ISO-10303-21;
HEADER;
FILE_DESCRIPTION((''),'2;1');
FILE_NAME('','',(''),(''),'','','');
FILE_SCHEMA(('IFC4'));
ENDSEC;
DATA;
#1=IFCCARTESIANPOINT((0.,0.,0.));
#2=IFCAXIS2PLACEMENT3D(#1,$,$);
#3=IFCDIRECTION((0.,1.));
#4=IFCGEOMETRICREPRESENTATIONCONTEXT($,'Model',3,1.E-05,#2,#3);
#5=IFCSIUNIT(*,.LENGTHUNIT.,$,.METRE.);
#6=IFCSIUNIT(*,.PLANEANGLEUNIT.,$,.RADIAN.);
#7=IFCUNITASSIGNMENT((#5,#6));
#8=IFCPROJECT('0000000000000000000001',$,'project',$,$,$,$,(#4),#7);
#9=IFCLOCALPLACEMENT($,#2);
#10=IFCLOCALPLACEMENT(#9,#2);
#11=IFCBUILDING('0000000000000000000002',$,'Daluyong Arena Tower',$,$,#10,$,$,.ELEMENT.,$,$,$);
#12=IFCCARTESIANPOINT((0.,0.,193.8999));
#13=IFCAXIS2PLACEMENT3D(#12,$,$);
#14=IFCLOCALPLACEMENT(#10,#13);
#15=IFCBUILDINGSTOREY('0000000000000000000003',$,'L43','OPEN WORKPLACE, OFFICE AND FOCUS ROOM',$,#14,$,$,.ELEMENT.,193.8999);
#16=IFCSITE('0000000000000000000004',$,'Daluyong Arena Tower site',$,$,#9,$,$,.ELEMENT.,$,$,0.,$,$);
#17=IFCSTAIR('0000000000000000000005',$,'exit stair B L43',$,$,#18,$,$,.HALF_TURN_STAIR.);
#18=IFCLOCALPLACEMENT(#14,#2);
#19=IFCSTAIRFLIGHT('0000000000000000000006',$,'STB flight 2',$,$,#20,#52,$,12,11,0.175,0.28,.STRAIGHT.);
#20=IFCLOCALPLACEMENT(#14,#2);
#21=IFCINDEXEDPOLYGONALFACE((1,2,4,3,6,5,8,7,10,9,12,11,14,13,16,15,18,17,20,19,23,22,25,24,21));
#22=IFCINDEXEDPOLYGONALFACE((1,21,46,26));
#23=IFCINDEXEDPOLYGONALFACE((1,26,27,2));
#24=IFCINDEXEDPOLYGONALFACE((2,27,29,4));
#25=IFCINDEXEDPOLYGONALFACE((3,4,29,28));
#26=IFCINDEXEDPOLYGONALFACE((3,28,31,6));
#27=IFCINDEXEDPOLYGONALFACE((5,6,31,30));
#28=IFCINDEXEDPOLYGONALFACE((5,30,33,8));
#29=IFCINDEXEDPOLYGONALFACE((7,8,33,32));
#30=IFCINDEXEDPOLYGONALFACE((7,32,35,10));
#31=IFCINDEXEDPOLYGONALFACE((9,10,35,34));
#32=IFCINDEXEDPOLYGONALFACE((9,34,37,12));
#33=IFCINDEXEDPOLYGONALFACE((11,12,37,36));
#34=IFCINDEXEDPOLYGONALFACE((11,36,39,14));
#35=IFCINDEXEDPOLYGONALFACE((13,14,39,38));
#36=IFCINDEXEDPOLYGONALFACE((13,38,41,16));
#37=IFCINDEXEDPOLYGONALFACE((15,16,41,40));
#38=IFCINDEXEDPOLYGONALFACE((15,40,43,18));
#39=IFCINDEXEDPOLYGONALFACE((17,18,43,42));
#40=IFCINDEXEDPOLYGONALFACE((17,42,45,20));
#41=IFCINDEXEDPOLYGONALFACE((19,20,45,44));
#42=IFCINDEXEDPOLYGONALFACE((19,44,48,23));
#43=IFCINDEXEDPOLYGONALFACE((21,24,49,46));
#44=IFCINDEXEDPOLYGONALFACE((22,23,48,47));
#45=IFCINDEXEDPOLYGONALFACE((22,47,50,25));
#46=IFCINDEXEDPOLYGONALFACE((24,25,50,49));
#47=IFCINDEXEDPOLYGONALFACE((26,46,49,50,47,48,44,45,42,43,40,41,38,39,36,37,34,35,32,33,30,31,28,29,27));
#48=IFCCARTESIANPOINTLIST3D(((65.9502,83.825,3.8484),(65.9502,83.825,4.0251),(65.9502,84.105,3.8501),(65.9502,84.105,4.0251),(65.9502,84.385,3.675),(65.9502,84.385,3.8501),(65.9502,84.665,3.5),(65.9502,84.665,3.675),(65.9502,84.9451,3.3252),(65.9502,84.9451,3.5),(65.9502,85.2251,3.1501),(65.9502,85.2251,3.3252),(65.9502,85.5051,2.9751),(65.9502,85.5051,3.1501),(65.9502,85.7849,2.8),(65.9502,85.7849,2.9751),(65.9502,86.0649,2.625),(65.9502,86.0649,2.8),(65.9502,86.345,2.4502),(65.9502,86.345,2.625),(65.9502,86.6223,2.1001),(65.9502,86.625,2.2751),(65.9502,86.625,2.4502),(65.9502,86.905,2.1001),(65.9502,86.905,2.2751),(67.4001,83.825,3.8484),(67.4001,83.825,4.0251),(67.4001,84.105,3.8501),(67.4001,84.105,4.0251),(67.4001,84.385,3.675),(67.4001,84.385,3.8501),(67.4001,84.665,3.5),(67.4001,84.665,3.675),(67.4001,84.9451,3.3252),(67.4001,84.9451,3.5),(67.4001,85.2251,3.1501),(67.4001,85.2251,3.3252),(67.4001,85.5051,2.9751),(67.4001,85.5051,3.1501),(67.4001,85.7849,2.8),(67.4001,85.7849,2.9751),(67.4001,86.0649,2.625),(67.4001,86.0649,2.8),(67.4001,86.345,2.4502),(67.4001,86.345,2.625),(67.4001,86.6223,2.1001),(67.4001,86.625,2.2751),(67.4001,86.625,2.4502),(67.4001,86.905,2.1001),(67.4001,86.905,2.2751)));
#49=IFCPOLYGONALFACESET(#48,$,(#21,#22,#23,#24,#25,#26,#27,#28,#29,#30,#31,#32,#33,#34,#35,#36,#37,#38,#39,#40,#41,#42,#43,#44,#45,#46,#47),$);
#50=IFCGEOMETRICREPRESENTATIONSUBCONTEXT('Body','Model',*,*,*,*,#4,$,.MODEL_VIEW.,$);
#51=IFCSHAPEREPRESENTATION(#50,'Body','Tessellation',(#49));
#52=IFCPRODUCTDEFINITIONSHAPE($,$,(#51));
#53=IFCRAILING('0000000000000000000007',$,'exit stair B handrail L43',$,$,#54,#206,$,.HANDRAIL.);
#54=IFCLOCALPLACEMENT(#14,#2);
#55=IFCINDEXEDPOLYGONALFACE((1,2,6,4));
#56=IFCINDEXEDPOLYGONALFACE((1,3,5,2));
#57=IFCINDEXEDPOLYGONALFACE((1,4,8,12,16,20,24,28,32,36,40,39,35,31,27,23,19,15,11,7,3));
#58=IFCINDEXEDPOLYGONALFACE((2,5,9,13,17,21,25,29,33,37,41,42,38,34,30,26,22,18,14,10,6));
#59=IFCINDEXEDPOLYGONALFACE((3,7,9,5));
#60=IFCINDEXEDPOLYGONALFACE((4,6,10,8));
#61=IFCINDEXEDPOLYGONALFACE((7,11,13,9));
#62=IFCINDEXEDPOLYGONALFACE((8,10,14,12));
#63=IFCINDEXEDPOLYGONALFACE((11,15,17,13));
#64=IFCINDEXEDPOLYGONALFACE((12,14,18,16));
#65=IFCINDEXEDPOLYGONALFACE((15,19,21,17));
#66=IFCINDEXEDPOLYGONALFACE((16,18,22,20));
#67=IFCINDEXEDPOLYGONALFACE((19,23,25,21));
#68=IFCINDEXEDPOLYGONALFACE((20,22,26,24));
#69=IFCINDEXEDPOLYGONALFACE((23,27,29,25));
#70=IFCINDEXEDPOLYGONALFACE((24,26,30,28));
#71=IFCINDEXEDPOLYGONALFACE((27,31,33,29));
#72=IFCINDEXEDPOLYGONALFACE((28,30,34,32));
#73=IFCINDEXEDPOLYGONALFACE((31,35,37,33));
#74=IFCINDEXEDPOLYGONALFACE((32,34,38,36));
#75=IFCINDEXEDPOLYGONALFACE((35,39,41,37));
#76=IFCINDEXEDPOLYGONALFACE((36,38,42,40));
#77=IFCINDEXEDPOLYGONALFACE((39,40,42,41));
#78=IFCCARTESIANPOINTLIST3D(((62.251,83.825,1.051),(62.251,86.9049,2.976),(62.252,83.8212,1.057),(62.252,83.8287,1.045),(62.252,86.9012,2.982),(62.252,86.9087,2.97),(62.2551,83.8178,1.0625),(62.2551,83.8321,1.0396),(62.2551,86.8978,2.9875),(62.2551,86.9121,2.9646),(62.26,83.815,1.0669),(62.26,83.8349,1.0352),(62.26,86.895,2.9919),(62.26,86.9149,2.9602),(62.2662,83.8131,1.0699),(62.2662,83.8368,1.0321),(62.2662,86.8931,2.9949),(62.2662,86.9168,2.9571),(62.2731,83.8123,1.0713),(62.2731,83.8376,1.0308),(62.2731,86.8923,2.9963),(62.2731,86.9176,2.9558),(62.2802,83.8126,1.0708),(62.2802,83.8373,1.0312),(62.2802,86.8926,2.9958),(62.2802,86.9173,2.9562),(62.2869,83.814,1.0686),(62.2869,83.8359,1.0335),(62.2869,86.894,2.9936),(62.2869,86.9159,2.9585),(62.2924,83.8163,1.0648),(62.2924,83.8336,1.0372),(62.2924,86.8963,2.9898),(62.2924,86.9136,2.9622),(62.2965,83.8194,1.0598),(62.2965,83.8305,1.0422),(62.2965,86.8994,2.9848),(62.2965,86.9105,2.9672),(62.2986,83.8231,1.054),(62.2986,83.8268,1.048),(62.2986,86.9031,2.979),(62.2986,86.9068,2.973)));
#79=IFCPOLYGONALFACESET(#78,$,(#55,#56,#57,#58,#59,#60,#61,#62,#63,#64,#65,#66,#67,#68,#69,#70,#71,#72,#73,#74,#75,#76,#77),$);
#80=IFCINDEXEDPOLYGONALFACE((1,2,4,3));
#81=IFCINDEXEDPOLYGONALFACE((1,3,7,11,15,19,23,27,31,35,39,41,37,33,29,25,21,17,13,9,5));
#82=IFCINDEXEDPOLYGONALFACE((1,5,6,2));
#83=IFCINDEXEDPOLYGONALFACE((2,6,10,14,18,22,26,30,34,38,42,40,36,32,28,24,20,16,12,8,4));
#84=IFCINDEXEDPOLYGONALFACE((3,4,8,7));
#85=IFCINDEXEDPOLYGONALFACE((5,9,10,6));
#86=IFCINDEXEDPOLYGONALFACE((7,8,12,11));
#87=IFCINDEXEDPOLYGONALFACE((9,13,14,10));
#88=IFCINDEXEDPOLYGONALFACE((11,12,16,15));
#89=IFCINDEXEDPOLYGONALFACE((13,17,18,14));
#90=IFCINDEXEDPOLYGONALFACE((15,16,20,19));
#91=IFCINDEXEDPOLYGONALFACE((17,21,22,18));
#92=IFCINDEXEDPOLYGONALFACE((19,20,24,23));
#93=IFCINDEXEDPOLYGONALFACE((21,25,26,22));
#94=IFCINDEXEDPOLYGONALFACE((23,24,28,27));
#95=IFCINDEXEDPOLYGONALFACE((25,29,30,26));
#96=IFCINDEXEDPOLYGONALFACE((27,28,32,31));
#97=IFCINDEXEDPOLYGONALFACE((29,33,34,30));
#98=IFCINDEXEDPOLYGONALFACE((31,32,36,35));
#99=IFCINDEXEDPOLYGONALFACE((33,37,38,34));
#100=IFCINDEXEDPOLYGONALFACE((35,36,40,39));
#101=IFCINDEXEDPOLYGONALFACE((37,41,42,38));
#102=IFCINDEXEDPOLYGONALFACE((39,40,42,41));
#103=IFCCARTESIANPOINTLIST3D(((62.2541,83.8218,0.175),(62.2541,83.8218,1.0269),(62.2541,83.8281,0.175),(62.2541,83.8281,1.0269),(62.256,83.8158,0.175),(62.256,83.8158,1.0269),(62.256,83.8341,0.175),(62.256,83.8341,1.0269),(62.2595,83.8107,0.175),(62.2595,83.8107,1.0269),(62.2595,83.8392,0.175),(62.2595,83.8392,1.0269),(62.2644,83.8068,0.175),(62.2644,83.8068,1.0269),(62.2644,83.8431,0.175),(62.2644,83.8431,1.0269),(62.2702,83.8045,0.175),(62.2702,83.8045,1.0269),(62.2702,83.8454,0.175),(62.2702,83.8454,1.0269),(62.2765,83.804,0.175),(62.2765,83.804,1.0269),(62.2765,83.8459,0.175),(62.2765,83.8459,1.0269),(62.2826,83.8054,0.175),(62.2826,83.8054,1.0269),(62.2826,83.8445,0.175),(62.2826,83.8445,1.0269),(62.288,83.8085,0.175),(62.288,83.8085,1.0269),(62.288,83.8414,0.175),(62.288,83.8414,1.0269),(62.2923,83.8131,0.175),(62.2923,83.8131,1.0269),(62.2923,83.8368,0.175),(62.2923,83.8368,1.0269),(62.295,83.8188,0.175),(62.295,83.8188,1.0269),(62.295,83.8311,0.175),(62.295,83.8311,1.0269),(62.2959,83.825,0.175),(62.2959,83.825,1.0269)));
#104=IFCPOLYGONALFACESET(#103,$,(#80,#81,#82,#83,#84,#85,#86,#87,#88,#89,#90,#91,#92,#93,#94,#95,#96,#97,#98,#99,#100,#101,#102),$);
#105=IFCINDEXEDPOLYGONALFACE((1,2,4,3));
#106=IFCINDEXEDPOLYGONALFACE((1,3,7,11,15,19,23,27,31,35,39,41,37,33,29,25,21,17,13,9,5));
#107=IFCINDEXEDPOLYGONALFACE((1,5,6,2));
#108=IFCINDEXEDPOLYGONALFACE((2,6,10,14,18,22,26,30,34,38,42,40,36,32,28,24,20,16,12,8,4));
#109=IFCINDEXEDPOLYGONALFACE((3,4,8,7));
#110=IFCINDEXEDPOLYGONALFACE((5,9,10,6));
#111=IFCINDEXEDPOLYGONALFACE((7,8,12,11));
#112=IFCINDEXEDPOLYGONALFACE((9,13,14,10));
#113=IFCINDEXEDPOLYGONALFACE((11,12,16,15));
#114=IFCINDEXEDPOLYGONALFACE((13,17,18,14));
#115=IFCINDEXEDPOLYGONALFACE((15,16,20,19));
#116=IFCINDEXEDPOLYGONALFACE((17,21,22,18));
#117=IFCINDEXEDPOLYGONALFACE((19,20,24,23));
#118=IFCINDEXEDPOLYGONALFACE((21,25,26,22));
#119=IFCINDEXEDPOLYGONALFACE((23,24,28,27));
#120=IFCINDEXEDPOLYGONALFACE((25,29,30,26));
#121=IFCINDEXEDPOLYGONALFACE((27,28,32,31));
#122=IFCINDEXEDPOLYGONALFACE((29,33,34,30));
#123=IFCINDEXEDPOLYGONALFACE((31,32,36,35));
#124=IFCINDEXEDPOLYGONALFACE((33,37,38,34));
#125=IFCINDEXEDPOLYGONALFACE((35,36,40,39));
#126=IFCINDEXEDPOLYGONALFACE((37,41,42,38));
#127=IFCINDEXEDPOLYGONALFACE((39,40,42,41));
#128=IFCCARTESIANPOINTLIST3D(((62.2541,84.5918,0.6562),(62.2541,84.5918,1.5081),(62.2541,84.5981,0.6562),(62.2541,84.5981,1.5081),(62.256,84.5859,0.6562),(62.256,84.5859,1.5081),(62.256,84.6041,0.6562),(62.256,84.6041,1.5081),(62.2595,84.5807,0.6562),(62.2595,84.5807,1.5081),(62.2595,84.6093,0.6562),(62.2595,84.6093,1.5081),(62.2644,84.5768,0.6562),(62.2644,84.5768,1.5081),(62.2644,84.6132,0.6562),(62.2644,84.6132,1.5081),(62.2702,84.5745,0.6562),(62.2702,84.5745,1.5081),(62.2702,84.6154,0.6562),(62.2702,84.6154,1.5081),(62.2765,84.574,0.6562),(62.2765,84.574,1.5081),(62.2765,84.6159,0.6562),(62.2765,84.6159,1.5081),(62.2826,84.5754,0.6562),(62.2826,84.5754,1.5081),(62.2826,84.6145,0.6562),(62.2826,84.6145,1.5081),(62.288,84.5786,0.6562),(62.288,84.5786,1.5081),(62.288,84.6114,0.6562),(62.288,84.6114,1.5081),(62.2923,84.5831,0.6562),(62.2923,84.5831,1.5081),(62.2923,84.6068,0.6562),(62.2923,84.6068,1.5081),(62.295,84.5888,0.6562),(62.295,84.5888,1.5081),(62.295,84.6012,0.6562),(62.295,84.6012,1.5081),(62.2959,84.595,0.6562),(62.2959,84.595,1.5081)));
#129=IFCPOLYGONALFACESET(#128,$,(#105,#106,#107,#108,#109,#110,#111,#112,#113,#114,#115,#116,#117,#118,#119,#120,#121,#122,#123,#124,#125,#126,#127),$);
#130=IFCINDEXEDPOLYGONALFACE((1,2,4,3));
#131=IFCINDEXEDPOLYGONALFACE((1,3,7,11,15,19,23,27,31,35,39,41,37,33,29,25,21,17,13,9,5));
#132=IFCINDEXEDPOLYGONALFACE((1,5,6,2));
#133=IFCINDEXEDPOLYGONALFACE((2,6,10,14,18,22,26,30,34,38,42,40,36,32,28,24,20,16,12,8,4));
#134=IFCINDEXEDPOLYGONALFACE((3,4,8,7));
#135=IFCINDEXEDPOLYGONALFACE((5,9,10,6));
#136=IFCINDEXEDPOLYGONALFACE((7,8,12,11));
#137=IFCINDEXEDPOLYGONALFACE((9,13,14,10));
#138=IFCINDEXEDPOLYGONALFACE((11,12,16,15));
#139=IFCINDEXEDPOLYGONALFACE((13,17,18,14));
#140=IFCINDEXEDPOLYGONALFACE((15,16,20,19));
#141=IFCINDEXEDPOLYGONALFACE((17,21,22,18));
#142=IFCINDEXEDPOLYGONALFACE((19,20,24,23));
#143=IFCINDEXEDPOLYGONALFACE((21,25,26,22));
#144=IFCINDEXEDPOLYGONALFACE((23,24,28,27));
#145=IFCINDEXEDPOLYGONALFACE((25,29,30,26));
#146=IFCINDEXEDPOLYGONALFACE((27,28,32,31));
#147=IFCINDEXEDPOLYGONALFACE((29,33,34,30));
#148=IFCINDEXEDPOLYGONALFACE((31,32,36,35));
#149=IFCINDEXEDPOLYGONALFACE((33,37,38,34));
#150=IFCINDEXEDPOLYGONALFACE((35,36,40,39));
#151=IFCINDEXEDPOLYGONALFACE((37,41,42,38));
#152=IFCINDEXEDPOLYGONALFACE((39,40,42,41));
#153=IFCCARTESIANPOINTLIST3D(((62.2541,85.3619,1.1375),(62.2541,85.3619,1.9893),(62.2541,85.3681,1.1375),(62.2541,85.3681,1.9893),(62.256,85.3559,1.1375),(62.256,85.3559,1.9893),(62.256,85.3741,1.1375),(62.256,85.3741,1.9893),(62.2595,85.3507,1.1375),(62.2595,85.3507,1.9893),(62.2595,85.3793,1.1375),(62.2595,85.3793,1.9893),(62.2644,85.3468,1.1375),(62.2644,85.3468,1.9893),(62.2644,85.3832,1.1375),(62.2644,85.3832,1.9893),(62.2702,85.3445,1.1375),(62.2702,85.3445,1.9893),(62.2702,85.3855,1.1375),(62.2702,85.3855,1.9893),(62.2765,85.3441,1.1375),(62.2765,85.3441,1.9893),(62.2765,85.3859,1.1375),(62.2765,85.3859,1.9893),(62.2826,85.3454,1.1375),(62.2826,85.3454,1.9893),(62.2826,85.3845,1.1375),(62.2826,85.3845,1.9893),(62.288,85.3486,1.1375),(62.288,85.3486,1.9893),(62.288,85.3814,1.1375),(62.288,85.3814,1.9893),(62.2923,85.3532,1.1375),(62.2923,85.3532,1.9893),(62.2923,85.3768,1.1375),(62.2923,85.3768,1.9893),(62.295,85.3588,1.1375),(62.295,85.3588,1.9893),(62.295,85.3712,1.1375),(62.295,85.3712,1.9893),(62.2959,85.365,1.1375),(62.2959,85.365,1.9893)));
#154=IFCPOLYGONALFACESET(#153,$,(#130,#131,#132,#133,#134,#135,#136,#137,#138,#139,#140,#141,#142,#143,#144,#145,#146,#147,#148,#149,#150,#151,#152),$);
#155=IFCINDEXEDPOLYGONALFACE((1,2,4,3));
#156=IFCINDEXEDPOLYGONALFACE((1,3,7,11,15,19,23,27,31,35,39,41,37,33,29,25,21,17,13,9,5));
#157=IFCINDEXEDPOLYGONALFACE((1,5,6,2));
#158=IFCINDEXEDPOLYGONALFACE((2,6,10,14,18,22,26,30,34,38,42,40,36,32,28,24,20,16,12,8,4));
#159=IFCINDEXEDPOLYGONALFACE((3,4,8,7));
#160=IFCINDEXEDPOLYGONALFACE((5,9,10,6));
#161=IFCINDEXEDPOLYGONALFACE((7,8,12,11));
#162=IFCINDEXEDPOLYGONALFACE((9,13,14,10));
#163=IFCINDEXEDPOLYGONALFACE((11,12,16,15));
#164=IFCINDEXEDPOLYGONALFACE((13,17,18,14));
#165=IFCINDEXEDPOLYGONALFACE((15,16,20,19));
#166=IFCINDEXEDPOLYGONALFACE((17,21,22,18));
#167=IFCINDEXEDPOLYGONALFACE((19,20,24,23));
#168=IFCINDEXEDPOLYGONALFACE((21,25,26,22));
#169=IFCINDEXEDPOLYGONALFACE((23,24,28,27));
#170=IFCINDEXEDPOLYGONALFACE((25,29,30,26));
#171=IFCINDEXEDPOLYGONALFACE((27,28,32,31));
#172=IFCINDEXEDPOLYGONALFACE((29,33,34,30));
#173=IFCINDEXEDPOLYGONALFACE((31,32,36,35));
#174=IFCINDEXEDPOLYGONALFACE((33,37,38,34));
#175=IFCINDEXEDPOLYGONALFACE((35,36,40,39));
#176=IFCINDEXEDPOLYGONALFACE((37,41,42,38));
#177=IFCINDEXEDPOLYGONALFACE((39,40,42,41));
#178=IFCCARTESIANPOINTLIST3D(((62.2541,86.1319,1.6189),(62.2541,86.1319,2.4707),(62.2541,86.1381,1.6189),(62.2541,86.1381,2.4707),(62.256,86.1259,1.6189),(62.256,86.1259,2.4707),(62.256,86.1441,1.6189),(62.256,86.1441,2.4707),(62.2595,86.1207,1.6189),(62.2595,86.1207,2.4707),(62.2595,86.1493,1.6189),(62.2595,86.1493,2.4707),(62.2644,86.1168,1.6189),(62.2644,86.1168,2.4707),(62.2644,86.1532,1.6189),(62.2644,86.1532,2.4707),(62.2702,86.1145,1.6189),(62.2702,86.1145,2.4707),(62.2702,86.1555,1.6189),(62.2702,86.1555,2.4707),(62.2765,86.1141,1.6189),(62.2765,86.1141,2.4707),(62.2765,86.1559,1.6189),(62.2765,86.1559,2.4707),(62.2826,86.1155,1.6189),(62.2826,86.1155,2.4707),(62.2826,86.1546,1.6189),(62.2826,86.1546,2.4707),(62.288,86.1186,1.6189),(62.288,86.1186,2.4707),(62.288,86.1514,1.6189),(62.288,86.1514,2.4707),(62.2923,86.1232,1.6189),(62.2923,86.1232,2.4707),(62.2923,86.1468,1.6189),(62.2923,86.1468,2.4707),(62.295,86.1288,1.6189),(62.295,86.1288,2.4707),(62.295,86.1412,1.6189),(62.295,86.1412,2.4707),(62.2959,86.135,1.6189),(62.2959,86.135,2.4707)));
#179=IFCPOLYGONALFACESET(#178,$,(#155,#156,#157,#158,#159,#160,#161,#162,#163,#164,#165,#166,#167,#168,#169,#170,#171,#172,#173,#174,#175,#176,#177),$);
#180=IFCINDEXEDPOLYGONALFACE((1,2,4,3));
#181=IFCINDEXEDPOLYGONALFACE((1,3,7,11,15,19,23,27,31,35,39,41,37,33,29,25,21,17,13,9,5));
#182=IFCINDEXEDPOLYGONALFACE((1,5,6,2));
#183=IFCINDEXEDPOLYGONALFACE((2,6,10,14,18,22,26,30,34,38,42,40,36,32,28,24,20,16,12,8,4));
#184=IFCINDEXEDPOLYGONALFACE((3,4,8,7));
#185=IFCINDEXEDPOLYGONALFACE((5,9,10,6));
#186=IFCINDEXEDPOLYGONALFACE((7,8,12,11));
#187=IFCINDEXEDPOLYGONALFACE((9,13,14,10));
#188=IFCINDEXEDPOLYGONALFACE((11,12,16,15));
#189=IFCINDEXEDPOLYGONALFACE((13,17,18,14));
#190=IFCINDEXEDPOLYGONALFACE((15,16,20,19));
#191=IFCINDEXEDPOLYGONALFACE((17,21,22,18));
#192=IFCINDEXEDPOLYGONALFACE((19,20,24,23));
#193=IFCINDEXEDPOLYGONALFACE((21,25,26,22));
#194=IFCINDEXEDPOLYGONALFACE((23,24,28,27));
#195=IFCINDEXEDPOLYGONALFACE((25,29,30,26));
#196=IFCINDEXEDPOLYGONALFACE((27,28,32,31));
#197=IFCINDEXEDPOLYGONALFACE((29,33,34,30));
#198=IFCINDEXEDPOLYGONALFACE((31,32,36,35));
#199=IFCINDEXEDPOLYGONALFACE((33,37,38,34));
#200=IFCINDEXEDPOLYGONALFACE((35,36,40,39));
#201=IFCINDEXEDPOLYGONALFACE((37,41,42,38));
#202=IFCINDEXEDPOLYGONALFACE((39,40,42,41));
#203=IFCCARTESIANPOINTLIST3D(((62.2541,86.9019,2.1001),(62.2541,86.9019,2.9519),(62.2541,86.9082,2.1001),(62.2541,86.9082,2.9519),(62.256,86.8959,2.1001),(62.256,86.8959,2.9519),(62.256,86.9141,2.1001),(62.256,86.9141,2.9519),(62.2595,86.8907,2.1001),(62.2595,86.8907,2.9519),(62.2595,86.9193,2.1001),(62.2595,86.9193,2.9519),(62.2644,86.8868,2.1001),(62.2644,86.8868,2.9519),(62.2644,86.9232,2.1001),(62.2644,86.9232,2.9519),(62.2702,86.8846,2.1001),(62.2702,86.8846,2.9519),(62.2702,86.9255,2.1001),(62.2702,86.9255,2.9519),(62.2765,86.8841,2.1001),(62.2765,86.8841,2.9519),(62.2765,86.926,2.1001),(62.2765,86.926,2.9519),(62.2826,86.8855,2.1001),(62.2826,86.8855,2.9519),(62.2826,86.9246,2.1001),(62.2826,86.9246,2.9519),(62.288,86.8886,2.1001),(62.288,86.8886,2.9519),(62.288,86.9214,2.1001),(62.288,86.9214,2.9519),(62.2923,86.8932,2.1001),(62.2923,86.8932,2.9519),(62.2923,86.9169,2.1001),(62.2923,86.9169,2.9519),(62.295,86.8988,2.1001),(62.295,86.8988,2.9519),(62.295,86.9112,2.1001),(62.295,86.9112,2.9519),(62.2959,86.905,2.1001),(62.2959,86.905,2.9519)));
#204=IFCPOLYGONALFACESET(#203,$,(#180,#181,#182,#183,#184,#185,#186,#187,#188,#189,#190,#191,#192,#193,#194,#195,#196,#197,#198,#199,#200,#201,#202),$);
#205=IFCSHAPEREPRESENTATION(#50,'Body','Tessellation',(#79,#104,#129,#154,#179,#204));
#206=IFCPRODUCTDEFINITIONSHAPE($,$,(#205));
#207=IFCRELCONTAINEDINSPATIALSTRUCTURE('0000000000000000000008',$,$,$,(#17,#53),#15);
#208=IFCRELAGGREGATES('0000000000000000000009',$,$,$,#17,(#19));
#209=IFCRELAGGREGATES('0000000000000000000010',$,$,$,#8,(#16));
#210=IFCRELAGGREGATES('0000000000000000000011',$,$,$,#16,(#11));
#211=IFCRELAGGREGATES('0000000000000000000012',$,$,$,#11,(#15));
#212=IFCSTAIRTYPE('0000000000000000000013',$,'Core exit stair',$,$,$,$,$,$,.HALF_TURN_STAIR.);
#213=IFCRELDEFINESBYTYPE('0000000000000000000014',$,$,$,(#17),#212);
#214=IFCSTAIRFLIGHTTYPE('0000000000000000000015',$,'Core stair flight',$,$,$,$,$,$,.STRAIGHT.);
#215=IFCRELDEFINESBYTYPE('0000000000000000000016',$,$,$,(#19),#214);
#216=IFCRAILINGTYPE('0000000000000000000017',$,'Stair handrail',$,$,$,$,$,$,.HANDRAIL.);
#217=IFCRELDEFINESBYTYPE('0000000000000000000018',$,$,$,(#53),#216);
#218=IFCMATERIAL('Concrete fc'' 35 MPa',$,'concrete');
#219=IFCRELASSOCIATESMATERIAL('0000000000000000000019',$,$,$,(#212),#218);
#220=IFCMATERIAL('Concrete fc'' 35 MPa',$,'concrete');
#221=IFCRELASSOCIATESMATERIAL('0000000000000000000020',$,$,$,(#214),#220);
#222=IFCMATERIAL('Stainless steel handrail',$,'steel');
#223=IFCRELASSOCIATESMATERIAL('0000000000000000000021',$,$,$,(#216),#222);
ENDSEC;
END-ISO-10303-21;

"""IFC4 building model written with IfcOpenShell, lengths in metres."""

from ifc_helpers import new_model, si_unit, direction, frame, origin, origin_2d, place, context, subcontext, project, spatial, polyline, circle, outline, extrude, material, type_object, element, aggregate, save


model = new_model("IFC4")

# Units and contexts
model_context = context("Model", 3, precision=1e-05, world=origin(), true_north=direction((0.0, 1.0)))
body_context = subcontext(model_context, "Body", "Model", "MODEL_VIEW")
ifc_project = project(units=[si_unit("LENGTHUNIT", "METRE"), si_unit("PLANEANGLEUNIT", "RADIAN")], contexts=[model_context])

# Site, building, storey
site_placement = place(None, origin())
site = spatial("IfcSite", under=ifc_project, at=site_placement, Name="Daluyong Arena Tower site", CompositionType="ELEMENT", RefElevation=0.0)
building_placement = place(site_placement, origin())
building = spatial("IfcBuilding", under=site, at=building_placement, Name="Daluyong Arena Tower", CompositionType="ELEMENT")
storey_placement = place(building_placement, frame((0.0, 0.0, 193.8999)))
storey = spatial("IfcBuildingStorey", under=building, at=storey_placement, Name="L43", Description="OPEN WORKPLACE, OFFICE AND FOCUS ROOM", CompositionType="ELEMENT", Elevation=193.8999)

# Stair, stair flight
ifc_material_1 = material(Name="Concrete fc' 35 MPa", Category="concrete")
stair_type = type_object("IfcStairType", Name="Core exit stair", PredefinedType="HALF_TURN_STAIR", material=ifc_material_1)
stair_placement = place(storey_placement, origin())
stair = element("IfcStair", 1, at=stair_placement, inside=storey, type_object=stair_type, Name="exit stair B L43", PredefinedType="HALF_TURN_STAIR")
ifc_material_2 = material(Name="Concrete fc' 35 MPa", Category="concrete")
stair_flight_type = type_object("IfcStairFlightType", Name="Core stair flight", PredefinedType="STRAIGHT", material=ifc_material_2)
stair_flight_1_placement = place(storey_placement, frame((66.675, 86.905, 2.1001), z_axis=(0.0, 0.0, 1.0), x_axis=(0.0, -1.0, 0.0)))
stair_flight_1 = element("IfcStairFlight", 2, at=stair_flight_1_placement, type_object=stair_flight_type, Name="STB flight 2", NumberOfRisers=12, NumberOfTreads=11, PredefinedType="STRAIGHT", RiserHeight=0.175, TreadLength=0.28, context=body_context, shape_type="SweptSolid", body=[
    extrude(outline(polyline([(0.0, 0.0), (0.0, 0.175), (0.28, 0.175), (0.28, 0.3501), (0.5601, 0.3501), (0.5601, 0.5249), (0.8401, 0.5249), (0.8401, 0.7), (1.1201, 0.7), (1.1201, 0.875), (1.3999, 0.875), (1.3999, 1.05), (1.6799, 1.05), (1.6799, 1.2251), (1.96, 1.2251), (1.96, 1.3999), (2.24, 1.3999), (2.24, 1.575), (2.52, 1.575), (2.52, 1.75), (2.8, 1.75), (2.8, 1.925), (3.0801, 1.925), (3.0801, 2.1001), (3.0801, 1.7483), (0.2827, 0.0), (0.0, 0.0)])), frame((0.0, 0.7251, 0.0), z_axis=(0.0, -1.0, 0.0), x_axis=(1.0, 0.0, 0.0)), (0.0, 0.0, 1.0), 1.45),
])
aggregate(stair, [stair_flight_1])

# Railing
ifc_material_3 = material(Name="Stainless steel handrail", Category="steel")
railing_type_1 = type_object("IfcRailingType", Name="Stair handrail", PredefinedType="HANDRAIL", material=ifc_material_3)
railing_1_placement = place(storey_placement, frame((62.2749, 83.825, 0.175)))
element("IfcRailing", 3, at=railing_1_placement, inside=storey, type_object=railing_type_1, Name="exit stair B handrail L43", PredefinedType="HANDRAIL", context=body_context, shape_type="SweptSolid", body=[
    extrude(circle(Radius=0.0239, at=origin_2d()), frame((0.0, 0.0, 0.876), z_axis=(0.0, 0.847998, 0.529999), x_axis=(-1.0, 0.0, 0.0)), (0.0, 0.0, 1.0), 3.6321),
    extrude(circle(Radius=0.021, at=origin_2d()), origin(), (0.0, 0.0, 1.0), 0.8518),
    extrude(circle(Radius=0.021, at=origin_2d()), frame((0.0, 0.77, 0.4812)), (0.0, 0.0, 1.0), 0.8518),
    extrude(circle(Radius=0.021, at=origin_2d()), frame((0.0, 1.54, 0.9624)), (0.0, 0.0, 1.0), 0.8518),
    extrude(circle(Radius=0.021, at=origin_2d()), frame((0.0, 2.3101, 1.4438)), (0.0, 0.0, 1.0), 0.8518),
    extrude(circle(Radius=0.021, at=origin_2d()), frame((0.0, 3.0801, 1.925)), (0.0, 0.0, 1.0), 0.8518),
])

save(model, "model.ifc")
